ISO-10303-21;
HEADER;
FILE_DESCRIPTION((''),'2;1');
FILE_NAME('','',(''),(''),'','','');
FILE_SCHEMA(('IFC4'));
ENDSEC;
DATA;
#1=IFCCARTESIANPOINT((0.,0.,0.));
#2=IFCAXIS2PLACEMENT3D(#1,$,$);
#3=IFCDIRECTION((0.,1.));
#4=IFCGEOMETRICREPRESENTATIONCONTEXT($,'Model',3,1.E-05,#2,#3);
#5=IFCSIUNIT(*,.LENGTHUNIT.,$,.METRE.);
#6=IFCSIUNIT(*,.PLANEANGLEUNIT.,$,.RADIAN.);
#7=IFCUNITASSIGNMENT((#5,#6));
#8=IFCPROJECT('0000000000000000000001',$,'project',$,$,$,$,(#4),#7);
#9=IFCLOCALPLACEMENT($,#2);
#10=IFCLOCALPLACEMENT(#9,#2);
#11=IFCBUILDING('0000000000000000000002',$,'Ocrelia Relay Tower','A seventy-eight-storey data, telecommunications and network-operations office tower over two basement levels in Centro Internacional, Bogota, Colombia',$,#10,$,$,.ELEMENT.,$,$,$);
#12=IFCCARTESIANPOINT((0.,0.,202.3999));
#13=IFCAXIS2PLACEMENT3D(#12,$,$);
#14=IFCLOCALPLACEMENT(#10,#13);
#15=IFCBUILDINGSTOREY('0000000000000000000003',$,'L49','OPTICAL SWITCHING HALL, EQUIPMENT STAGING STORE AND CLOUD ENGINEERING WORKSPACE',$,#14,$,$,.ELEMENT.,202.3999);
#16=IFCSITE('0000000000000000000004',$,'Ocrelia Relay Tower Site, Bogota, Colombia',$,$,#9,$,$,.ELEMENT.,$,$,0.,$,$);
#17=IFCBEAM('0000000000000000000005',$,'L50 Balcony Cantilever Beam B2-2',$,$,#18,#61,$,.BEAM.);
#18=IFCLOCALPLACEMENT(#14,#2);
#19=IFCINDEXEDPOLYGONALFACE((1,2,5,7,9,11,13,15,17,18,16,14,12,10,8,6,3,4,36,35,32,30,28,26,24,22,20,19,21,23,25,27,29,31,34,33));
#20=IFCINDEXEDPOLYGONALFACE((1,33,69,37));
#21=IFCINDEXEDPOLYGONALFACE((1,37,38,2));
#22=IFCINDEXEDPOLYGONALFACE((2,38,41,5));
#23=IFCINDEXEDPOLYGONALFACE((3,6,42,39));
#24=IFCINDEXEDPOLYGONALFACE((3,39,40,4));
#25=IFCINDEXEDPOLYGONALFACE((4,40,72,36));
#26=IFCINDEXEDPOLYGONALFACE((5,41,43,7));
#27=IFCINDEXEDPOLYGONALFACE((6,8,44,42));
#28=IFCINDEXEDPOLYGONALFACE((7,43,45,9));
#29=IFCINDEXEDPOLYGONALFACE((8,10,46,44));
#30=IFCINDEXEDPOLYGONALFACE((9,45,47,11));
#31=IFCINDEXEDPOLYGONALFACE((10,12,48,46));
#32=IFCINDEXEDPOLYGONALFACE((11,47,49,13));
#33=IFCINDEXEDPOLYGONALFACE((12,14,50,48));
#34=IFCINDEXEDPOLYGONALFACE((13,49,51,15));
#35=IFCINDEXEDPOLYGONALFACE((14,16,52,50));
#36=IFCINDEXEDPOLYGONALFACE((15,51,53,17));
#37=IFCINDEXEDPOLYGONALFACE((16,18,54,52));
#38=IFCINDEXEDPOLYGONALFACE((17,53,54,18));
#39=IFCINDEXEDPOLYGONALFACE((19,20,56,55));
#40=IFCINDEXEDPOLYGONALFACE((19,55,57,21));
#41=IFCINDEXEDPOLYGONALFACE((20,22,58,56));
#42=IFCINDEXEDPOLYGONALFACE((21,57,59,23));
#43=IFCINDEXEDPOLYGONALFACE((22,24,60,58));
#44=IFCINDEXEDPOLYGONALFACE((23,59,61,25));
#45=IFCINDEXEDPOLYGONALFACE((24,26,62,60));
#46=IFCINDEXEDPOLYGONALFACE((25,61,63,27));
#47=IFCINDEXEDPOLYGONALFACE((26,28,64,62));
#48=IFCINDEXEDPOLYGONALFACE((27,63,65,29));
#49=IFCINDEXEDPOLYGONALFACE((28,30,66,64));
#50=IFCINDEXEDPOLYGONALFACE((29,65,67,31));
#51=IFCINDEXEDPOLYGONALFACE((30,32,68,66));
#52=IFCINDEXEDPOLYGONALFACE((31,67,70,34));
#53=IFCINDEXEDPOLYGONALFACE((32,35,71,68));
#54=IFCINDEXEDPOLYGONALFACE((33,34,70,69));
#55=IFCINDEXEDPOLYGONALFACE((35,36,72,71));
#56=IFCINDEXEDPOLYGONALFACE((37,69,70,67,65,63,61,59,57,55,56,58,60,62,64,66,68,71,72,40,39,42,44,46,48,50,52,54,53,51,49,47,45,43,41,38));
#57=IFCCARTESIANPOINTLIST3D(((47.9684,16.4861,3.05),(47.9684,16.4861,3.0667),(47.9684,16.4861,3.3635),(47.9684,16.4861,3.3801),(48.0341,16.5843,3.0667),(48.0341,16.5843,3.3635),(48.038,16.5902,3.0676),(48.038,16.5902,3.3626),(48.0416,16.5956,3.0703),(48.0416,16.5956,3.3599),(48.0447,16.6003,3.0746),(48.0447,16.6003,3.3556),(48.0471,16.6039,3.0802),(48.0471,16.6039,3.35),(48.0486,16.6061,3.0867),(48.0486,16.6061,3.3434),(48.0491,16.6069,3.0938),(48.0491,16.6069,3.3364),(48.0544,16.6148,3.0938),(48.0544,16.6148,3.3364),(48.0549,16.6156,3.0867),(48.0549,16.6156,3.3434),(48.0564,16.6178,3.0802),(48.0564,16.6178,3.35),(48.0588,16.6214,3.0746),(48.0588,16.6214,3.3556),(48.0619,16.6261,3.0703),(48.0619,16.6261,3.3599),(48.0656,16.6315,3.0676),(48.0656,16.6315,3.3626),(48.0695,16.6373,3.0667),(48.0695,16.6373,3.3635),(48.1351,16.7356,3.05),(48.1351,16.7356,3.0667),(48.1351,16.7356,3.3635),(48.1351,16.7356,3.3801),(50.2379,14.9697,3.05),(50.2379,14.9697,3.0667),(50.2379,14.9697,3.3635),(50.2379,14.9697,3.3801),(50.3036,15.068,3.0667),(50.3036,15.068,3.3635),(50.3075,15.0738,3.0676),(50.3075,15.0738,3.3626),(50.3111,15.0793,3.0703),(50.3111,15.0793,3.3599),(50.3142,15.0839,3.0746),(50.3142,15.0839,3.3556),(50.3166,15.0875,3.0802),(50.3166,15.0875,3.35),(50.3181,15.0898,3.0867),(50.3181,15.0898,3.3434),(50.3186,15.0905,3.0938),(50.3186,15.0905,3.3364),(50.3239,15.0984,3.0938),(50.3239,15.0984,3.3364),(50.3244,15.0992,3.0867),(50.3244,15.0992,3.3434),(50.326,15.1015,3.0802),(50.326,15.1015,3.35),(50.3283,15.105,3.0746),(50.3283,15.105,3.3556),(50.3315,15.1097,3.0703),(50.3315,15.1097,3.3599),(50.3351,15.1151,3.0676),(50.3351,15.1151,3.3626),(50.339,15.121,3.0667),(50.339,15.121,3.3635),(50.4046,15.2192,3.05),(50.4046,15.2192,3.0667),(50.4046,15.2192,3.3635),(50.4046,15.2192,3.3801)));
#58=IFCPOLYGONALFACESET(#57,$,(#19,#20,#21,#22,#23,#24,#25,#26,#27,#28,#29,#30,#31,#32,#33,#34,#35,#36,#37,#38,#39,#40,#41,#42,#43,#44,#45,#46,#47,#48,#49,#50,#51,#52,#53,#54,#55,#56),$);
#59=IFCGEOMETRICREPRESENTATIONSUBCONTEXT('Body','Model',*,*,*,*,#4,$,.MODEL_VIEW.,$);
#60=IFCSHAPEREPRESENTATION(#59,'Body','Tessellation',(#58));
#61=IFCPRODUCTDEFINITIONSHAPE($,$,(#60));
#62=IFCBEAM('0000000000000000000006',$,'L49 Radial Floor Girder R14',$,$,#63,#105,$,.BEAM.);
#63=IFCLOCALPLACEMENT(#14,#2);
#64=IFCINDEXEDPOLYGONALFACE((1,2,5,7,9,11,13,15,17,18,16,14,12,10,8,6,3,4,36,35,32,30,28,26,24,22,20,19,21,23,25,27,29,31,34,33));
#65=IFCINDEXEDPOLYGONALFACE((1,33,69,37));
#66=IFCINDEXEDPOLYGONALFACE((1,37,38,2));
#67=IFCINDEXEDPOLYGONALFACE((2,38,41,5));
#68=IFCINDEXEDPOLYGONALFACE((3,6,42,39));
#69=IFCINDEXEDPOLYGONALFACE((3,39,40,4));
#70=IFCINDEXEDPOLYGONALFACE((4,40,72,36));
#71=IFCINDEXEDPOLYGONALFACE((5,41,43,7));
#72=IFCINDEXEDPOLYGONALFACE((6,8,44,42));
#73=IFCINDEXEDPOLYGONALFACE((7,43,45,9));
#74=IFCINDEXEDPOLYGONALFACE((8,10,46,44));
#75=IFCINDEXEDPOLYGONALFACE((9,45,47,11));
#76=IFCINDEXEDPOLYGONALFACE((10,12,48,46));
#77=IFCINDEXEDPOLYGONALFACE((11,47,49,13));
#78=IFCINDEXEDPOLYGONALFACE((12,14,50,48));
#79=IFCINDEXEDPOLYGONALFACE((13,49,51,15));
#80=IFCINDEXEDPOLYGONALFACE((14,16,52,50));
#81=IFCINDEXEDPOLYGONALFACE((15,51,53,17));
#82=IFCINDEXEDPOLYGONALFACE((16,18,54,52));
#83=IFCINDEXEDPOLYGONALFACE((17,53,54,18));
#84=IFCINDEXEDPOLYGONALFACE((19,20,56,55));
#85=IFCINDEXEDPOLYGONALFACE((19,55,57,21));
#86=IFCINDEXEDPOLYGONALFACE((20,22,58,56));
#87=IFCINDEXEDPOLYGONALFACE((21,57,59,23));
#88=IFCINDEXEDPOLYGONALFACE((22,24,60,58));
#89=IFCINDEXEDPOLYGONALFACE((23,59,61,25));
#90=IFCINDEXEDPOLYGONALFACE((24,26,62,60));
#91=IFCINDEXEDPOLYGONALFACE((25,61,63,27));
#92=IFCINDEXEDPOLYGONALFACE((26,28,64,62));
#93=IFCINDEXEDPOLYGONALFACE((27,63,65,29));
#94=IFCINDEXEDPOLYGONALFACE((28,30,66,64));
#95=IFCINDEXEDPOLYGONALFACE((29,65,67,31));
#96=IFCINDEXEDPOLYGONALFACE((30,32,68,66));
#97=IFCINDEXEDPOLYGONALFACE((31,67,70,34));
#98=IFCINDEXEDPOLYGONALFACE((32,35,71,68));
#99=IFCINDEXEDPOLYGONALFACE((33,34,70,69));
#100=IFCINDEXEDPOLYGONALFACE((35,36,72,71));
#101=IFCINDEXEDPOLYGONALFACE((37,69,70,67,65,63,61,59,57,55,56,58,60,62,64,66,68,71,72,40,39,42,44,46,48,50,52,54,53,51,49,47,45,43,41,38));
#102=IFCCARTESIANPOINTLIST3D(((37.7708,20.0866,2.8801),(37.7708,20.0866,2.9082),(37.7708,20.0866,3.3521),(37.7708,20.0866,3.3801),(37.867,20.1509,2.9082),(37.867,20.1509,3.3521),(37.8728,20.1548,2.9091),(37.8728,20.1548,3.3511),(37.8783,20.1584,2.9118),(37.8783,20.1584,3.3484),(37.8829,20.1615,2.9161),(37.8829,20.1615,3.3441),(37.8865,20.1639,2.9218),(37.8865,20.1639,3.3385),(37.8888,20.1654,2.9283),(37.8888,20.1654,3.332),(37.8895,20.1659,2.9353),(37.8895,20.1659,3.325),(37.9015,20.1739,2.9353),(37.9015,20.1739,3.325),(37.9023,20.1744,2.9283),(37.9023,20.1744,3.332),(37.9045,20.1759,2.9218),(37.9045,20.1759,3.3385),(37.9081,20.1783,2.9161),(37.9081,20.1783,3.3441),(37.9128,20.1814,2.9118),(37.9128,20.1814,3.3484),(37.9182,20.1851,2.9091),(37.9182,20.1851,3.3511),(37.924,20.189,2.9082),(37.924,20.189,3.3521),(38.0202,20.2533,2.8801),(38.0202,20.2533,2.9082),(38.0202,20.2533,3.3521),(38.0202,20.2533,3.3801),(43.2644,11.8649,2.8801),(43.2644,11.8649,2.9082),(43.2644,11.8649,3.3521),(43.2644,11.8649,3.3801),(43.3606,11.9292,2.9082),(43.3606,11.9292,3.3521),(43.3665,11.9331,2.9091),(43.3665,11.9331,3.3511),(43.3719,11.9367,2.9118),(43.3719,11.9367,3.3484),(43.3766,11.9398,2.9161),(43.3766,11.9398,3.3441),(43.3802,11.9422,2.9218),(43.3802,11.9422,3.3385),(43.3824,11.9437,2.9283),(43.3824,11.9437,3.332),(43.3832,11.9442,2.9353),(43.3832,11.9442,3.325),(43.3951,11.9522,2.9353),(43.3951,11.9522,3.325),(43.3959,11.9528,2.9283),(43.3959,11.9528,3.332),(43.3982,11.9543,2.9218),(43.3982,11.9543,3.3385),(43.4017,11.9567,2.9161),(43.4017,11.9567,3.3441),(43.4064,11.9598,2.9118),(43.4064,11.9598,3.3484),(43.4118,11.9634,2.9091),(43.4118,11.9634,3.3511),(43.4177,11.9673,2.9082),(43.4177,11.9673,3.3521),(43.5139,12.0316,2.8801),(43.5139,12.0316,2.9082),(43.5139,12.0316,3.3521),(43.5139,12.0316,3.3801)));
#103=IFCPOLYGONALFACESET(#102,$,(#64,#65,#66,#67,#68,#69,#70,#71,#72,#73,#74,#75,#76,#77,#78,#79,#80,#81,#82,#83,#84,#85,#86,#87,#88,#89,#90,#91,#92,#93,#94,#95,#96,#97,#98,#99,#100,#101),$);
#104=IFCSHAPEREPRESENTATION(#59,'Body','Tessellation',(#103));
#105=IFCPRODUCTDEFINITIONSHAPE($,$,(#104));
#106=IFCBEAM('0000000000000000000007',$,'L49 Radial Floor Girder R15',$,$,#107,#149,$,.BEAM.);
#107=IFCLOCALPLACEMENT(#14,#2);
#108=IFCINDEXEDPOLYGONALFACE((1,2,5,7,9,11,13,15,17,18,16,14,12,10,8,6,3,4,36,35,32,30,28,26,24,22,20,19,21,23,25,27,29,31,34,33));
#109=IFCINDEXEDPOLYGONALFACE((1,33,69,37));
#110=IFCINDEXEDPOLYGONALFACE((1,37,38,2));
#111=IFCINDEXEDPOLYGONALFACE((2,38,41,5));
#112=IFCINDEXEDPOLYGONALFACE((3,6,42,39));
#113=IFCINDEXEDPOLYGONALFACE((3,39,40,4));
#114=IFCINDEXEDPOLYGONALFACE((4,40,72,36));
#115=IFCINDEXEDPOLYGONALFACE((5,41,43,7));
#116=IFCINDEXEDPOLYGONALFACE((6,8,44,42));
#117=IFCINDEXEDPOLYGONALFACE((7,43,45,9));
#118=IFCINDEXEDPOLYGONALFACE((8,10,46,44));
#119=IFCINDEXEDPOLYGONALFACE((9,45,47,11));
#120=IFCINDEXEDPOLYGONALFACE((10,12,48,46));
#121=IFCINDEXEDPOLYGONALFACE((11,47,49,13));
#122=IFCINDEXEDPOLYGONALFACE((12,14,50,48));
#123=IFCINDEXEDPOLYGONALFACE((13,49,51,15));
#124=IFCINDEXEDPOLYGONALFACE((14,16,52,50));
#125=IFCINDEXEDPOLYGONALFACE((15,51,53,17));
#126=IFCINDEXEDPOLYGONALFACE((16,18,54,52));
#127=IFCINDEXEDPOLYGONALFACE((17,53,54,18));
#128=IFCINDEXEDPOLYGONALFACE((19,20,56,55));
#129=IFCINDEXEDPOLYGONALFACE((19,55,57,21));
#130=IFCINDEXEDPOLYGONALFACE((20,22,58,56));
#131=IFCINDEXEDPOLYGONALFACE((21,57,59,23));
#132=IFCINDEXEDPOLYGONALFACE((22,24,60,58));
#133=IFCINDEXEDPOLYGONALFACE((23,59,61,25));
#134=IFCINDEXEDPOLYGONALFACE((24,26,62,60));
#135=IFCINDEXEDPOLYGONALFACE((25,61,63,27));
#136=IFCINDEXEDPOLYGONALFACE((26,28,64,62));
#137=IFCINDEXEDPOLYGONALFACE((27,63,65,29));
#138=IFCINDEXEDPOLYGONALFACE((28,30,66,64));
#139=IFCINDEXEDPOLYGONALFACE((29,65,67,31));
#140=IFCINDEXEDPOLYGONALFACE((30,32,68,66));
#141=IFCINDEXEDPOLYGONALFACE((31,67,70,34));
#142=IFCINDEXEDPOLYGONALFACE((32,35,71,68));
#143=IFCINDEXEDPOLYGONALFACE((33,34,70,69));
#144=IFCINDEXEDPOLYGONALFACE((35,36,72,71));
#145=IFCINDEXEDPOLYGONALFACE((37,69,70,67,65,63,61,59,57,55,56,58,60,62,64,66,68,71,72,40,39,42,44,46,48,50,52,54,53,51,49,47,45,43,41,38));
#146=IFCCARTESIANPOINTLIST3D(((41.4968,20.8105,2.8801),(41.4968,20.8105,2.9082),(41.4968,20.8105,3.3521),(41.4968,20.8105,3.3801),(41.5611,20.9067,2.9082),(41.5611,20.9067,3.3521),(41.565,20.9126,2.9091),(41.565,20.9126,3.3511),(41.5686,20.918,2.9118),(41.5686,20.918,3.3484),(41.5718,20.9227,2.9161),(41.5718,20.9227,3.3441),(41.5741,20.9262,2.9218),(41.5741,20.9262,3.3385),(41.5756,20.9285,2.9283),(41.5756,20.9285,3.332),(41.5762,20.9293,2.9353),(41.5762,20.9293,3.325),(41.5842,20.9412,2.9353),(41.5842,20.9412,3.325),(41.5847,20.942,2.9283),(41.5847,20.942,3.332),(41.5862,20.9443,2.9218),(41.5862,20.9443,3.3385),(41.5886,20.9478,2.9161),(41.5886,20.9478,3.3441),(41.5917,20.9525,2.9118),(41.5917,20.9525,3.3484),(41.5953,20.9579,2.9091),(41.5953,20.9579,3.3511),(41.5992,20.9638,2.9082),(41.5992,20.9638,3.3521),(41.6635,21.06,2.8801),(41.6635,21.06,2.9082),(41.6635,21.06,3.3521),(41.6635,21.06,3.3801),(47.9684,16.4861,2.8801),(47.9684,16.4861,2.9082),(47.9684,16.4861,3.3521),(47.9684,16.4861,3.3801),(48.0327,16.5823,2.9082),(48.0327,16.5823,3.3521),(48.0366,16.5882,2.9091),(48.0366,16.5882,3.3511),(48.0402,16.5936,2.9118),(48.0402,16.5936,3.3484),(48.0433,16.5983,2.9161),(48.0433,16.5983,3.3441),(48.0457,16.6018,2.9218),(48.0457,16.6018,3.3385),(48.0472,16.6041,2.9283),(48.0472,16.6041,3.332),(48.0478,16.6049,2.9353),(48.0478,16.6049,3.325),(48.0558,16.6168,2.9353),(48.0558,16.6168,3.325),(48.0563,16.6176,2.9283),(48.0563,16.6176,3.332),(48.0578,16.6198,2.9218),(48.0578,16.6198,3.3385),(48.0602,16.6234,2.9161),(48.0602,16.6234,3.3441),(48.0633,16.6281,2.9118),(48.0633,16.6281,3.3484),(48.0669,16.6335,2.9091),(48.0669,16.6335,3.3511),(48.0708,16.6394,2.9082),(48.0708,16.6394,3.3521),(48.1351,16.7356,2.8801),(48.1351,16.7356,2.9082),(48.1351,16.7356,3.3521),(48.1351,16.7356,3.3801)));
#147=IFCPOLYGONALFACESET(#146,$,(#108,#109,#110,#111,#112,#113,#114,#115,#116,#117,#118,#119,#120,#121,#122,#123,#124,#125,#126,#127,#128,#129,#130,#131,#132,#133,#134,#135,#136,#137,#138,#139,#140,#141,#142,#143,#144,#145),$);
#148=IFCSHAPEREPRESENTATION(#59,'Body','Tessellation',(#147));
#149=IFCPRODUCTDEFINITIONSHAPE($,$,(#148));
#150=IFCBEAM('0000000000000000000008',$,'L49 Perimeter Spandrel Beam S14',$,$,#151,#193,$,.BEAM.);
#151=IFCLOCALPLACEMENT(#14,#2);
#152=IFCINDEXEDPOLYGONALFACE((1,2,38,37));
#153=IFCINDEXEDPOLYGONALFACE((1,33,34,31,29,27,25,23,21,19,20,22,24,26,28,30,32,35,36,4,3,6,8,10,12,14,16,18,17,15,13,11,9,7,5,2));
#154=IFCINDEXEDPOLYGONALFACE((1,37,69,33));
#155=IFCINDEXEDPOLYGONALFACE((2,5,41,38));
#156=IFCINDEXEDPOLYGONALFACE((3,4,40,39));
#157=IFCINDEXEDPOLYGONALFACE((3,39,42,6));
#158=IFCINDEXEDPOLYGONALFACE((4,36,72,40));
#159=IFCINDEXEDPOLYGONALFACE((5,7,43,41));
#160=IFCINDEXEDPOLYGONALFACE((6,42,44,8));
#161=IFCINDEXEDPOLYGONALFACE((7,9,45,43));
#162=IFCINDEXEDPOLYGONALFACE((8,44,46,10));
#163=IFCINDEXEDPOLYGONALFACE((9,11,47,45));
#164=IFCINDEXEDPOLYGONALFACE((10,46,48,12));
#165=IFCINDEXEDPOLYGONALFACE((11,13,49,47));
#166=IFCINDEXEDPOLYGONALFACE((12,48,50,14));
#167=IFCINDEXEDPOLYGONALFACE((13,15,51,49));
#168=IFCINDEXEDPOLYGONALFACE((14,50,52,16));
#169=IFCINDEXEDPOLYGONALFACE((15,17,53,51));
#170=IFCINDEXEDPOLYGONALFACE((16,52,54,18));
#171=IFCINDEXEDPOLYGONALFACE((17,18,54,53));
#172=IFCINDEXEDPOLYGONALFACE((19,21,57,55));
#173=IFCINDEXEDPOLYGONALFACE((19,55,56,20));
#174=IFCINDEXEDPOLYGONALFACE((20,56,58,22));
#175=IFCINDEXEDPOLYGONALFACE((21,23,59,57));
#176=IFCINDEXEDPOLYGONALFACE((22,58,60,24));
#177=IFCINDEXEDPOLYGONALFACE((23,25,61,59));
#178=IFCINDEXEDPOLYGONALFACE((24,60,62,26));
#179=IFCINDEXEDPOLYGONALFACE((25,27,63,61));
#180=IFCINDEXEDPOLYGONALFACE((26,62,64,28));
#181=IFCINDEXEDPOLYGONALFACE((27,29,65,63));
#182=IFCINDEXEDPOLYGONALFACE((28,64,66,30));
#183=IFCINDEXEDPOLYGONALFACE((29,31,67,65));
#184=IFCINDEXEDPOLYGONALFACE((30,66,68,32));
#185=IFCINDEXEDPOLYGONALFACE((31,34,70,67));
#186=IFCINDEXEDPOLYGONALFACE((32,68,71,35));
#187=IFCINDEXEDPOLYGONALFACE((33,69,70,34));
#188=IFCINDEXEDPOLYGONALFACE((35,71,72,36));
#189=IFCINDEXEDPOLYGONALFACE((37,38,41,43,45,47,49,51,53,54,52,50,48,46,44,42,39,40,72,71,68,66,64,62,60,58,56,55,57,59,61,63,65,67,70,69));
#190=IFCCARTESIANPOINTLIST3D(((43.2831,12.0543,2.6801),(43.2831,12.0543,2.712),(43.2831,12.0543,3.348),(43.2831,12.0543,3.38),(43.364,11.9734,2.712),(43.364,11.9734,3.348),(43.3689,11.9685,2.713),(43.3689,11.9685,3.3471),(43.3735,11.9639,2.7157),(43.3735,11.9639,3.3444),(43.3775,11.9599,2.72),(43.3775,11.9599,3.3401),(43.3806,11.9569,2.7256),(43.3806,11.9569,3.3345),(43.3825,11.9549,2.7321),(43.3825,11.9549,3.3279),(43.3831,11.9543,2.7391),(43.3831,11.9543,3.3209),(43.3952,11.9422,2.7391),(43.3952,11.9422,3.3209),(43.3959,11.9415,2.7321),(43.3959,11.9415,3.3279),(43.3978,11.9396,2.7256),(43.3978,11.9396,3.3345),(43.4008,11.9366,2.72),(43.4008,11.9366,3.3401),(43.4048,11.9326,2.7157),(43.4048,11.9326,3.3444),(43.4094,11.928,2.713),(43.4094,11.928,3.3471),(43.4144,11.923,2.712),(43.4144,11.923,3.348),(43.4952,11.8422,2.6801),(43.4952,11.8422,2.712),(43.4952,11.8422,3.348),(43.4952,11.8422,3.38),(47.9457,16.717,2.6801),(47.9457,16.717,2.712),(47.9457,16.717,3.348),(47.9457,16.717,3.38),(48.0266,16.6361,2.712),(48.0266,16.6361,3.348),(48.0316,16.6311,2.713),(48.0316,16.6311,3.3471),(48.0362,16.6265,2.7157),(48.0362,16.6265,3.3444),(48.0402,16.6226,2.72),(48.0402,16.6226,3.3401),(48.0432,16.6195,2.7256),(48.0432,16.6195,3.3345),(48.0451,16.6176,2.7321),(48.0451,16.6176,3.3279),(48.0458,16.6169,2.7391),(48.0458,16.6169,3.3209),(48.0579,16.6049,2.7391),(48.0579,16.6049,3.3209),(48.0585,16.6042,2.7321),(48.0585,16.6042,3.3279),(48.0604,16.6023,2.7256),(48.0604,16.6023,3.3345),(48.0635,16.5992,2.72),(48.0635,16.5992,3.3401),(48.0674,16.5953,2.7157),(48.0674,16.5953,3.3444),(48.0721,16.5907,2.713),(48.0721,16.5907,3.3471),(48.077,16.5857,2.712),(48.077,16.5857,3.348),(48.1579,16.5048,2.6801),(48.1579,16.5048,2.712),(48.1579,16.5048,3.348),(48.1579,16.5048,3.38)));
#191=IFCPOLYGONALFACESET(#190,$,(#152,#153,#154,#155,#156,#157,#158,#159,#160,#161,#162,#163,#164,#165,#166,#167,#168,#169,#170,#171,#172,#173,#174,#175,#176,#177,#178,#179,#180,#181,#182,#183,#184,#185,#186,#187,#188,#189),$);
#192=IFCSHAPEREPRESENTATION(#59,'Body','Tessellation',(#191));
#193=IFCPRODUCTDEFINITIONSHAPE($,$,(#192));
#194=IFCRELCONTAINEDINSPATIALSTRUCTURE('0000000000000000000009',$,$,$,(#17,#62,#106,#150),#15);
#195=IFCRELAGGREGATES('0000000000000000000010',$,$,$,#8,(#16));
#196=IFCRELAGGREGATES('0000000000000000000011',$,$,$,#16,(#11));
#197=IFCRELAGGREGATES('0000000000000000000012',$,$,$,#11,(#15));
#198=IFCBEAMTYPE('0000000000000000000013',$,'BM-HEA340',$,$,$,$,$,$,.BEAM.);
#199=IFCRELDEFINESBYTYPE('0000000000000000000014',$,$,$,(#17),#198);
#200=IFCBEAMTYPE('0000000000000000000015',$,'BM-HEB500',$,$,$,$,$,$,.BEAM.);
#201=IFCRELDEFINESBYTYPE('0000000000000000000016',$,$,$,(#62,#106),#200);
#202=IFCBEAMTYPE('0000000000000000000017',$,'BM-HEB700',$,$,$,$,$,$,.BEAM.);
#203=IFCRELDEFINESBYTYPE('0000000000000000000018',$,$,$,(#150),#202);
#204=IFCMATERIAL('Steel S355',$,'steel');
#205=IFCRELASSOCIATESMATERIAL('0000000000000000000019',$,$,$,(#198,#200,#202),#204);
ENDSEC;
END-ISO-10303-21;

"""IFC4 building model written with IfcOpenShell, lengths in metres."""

from ifc_helpers import new_model, si_unit, direction, frame, origin, origin_2d, place, context, subcontext, project, spatial, i_section, extrude, material, material_profile, profile_set, type_object, element, save


model = new_model("IFC4")

# Units and contexts
model_context = context("Model", 3, precision=1e-05, world=origin(), true_north=direction((0.0, 1.0)))
body_context = subcontext(model_context, "Body", "Model", "MODEL_VIEW")
ifc_project = project(units=[si_unit("LENGTHUNIT", "METRE"), si_unit("PLANEANGLEUNIT", "RADIAN")], contexts=[model_context])

# Site, building, storey
site_placement = place(None, origin())
site = spatial("IfcSite", under=ifc_project, at=site_placement, Name="Ocrelia Relay Tower Site, Bogota, Colombia", CompositionType="ELEMENT", RefElevation=0.0)
building_placement = place(site_placement, origin())
building = spatial("IfcBuilding", under=site, at=building_placement, Name="Ocrelia Relay Tower", Description="A seventy-eight-storey data, telecommunications and network-operations office tower over two basement levels in Centro Internacional, Bogota, Colombia", CompositionType="ELEMENT")
storey_placement = place(building_placement, frame((0.0, 0.0, 202.3999)))
storey = spatial("IfcBuildingStorey", under=building, at=storey_placement, Name="L49", Description="OPTICAL SWITCHING HALL, EQUIPMENT STAGING STORE AND CLOUD ENGINEERING WORKSPACE", CompositionType="ELEMENT", Elevation=202.3999)

# Beams
ifc_material_1 = material(Name="Steel S355", Category="steel")
ifc_material_profile_1 = material_profile(ifc_material_1, i_section(OverallWidth=0.3, OverallDepth=0.3301, WebThickness=0.0095, FlangeThickness=0.0166, FilletRadius=0.0271, at=origin_2d()), Name="HEA 340")
ifc_profile_set_1 = profile_set([ifc_material_profile_1], Name="Steel S355")
beam_type_1 = type_object("IfcBeamType", Name="BM-HEA340", PredefinedType="BEAM", material=ifc_profile_set_1)
beam_1_placement = place(storey_placement, frame((48.0518, 16.6108, 3.2151), z_axis=(0.831486, -0.555546, 0.0), x_axis=(0.555546, 0.831486, 0.0)))
element("IfcBeam", 1, at=beam_1_placement, inside=storey, type_object=beam_type_1, Name="L50 Balcony Cantilever Beam B2-2", PredefinedType="BEAM", context=body_context, shape_type="SweptSolid", body=[
    extrude(i_section(OverallWidth=0.3, OverallDepth=0.3301, WebThickness=0.0095, FlangeThickness=0.0166, FilletRadius=0.0271, at=origin_2d()), origin(), (0.0, 0.0, 1.0), 2.7295),
])
ifc_material_profile_2 = material_profile(ifc_material_1, i_section(OverallWidth=0.3, OverallDepth=0.5, WebThickness=0.0144, FlangeThickness=0.0281, FilletRadius=0.0271, at=origin_2d()), Name="HEB 500")
ifc_profile_set_2 = profile_set([ifc_material_profile_2], Name="Steel S355")
beam_type_2 = type_object("IfcBeamType", Name="BM-HEB500", PredefinedType="BEAM", material=ifc_profile_set_2)
beam_2_placement = place(storey_placement, frame((43.3892, 11.9482, 3.1301), z_axis=(-0.555577, 0.831465, 0.0), x_axis=(-0.831465, -0.555577, 0.0)))
element("IfcBeam", 2, at=beam_2_placement, inside=storey, type_object=beam_type_2, Name="L49 Radial Floor Girder R14", PredefinedType="BEAM", context=body_context, shape_type="SweptSolid", body=[
    extrude(i_section(OverallWidth=0.3, OverallDepth=0.5, WebThickness=0.0144, FlangeThickness=0.0281, FilletRadius=0.0271, at=origin_2d()), origin(), (0.0, 0.0, 1.0), 9.8882),
])
beam_3_placement = place(storey_placement, frame((48.0518, 16.6108, 3.1301), z_axis=(-0.831456, 0.55559, 0.0), x_axis=(-0.55559, -0.831456, 0.0)))
element("IfcBeam", 3, at=beam_3_placement, inside=storey, type_object=beam_type_2, Name="L49 Radial Floor Girder R15", PredefinedType="BEAM", context=body_context, shape_type="SweptSolid", body=[
    extrude(i_section(OverallWidth=0.3, OverallDepth=0.5, WebThickness=0.0144, FlangeThickness=0.0281, FilletRadius=0.0271, at=origin_2d()), origin(), (0.0, 0.0, 1.0), 7.7834),
])
ifc_material_profile_3 = material_profile(ifc_material_1, i_section(OverallWidth=0.3, OverallDepth=0.7, WebThickness=0.0171, FlangeThickness=0.032, FilletRadius=0.0271, at=origin_2d()), Name="HEB 700")
ifc_profile_set_3 = profile_set([ifc_material_profile_3], Name="Steel S355")
beam_type_3 = type_object("IfcBeamType", Name="BM-HEB700", PredefinedType="BEAM", material=ifc_profile_set_3)
for number, where, z_axis, x_axis, name in (
    (4, (43.3892, 11.9482, 3.03), (0.707107, 0.707107, 0.0), (-0.707107, 0.707107, 0.0), "L49 Perimeter Spandrel Beam S14"),
):
    element("IfcBeam", number, at=place(storey_placement, frame(where, z_axis=z_axis, x_axis=x_axis)), inside=storey, type_object=beam_type_3, Name=name, PredefinedType="BEAM", context=body_context, shape_type="SweptSolid", body=[
        extrude(i_section(OverallWidth=0.3, OverallDepth=0.7, WebThickness=0.0171, FlangeThickness=0.032, FilletRadius=0.0271, at=origin_2d()), origin(), (0.0, 0.0, 1.0), 6.594),
    ])

save(model, "model.ifc")
